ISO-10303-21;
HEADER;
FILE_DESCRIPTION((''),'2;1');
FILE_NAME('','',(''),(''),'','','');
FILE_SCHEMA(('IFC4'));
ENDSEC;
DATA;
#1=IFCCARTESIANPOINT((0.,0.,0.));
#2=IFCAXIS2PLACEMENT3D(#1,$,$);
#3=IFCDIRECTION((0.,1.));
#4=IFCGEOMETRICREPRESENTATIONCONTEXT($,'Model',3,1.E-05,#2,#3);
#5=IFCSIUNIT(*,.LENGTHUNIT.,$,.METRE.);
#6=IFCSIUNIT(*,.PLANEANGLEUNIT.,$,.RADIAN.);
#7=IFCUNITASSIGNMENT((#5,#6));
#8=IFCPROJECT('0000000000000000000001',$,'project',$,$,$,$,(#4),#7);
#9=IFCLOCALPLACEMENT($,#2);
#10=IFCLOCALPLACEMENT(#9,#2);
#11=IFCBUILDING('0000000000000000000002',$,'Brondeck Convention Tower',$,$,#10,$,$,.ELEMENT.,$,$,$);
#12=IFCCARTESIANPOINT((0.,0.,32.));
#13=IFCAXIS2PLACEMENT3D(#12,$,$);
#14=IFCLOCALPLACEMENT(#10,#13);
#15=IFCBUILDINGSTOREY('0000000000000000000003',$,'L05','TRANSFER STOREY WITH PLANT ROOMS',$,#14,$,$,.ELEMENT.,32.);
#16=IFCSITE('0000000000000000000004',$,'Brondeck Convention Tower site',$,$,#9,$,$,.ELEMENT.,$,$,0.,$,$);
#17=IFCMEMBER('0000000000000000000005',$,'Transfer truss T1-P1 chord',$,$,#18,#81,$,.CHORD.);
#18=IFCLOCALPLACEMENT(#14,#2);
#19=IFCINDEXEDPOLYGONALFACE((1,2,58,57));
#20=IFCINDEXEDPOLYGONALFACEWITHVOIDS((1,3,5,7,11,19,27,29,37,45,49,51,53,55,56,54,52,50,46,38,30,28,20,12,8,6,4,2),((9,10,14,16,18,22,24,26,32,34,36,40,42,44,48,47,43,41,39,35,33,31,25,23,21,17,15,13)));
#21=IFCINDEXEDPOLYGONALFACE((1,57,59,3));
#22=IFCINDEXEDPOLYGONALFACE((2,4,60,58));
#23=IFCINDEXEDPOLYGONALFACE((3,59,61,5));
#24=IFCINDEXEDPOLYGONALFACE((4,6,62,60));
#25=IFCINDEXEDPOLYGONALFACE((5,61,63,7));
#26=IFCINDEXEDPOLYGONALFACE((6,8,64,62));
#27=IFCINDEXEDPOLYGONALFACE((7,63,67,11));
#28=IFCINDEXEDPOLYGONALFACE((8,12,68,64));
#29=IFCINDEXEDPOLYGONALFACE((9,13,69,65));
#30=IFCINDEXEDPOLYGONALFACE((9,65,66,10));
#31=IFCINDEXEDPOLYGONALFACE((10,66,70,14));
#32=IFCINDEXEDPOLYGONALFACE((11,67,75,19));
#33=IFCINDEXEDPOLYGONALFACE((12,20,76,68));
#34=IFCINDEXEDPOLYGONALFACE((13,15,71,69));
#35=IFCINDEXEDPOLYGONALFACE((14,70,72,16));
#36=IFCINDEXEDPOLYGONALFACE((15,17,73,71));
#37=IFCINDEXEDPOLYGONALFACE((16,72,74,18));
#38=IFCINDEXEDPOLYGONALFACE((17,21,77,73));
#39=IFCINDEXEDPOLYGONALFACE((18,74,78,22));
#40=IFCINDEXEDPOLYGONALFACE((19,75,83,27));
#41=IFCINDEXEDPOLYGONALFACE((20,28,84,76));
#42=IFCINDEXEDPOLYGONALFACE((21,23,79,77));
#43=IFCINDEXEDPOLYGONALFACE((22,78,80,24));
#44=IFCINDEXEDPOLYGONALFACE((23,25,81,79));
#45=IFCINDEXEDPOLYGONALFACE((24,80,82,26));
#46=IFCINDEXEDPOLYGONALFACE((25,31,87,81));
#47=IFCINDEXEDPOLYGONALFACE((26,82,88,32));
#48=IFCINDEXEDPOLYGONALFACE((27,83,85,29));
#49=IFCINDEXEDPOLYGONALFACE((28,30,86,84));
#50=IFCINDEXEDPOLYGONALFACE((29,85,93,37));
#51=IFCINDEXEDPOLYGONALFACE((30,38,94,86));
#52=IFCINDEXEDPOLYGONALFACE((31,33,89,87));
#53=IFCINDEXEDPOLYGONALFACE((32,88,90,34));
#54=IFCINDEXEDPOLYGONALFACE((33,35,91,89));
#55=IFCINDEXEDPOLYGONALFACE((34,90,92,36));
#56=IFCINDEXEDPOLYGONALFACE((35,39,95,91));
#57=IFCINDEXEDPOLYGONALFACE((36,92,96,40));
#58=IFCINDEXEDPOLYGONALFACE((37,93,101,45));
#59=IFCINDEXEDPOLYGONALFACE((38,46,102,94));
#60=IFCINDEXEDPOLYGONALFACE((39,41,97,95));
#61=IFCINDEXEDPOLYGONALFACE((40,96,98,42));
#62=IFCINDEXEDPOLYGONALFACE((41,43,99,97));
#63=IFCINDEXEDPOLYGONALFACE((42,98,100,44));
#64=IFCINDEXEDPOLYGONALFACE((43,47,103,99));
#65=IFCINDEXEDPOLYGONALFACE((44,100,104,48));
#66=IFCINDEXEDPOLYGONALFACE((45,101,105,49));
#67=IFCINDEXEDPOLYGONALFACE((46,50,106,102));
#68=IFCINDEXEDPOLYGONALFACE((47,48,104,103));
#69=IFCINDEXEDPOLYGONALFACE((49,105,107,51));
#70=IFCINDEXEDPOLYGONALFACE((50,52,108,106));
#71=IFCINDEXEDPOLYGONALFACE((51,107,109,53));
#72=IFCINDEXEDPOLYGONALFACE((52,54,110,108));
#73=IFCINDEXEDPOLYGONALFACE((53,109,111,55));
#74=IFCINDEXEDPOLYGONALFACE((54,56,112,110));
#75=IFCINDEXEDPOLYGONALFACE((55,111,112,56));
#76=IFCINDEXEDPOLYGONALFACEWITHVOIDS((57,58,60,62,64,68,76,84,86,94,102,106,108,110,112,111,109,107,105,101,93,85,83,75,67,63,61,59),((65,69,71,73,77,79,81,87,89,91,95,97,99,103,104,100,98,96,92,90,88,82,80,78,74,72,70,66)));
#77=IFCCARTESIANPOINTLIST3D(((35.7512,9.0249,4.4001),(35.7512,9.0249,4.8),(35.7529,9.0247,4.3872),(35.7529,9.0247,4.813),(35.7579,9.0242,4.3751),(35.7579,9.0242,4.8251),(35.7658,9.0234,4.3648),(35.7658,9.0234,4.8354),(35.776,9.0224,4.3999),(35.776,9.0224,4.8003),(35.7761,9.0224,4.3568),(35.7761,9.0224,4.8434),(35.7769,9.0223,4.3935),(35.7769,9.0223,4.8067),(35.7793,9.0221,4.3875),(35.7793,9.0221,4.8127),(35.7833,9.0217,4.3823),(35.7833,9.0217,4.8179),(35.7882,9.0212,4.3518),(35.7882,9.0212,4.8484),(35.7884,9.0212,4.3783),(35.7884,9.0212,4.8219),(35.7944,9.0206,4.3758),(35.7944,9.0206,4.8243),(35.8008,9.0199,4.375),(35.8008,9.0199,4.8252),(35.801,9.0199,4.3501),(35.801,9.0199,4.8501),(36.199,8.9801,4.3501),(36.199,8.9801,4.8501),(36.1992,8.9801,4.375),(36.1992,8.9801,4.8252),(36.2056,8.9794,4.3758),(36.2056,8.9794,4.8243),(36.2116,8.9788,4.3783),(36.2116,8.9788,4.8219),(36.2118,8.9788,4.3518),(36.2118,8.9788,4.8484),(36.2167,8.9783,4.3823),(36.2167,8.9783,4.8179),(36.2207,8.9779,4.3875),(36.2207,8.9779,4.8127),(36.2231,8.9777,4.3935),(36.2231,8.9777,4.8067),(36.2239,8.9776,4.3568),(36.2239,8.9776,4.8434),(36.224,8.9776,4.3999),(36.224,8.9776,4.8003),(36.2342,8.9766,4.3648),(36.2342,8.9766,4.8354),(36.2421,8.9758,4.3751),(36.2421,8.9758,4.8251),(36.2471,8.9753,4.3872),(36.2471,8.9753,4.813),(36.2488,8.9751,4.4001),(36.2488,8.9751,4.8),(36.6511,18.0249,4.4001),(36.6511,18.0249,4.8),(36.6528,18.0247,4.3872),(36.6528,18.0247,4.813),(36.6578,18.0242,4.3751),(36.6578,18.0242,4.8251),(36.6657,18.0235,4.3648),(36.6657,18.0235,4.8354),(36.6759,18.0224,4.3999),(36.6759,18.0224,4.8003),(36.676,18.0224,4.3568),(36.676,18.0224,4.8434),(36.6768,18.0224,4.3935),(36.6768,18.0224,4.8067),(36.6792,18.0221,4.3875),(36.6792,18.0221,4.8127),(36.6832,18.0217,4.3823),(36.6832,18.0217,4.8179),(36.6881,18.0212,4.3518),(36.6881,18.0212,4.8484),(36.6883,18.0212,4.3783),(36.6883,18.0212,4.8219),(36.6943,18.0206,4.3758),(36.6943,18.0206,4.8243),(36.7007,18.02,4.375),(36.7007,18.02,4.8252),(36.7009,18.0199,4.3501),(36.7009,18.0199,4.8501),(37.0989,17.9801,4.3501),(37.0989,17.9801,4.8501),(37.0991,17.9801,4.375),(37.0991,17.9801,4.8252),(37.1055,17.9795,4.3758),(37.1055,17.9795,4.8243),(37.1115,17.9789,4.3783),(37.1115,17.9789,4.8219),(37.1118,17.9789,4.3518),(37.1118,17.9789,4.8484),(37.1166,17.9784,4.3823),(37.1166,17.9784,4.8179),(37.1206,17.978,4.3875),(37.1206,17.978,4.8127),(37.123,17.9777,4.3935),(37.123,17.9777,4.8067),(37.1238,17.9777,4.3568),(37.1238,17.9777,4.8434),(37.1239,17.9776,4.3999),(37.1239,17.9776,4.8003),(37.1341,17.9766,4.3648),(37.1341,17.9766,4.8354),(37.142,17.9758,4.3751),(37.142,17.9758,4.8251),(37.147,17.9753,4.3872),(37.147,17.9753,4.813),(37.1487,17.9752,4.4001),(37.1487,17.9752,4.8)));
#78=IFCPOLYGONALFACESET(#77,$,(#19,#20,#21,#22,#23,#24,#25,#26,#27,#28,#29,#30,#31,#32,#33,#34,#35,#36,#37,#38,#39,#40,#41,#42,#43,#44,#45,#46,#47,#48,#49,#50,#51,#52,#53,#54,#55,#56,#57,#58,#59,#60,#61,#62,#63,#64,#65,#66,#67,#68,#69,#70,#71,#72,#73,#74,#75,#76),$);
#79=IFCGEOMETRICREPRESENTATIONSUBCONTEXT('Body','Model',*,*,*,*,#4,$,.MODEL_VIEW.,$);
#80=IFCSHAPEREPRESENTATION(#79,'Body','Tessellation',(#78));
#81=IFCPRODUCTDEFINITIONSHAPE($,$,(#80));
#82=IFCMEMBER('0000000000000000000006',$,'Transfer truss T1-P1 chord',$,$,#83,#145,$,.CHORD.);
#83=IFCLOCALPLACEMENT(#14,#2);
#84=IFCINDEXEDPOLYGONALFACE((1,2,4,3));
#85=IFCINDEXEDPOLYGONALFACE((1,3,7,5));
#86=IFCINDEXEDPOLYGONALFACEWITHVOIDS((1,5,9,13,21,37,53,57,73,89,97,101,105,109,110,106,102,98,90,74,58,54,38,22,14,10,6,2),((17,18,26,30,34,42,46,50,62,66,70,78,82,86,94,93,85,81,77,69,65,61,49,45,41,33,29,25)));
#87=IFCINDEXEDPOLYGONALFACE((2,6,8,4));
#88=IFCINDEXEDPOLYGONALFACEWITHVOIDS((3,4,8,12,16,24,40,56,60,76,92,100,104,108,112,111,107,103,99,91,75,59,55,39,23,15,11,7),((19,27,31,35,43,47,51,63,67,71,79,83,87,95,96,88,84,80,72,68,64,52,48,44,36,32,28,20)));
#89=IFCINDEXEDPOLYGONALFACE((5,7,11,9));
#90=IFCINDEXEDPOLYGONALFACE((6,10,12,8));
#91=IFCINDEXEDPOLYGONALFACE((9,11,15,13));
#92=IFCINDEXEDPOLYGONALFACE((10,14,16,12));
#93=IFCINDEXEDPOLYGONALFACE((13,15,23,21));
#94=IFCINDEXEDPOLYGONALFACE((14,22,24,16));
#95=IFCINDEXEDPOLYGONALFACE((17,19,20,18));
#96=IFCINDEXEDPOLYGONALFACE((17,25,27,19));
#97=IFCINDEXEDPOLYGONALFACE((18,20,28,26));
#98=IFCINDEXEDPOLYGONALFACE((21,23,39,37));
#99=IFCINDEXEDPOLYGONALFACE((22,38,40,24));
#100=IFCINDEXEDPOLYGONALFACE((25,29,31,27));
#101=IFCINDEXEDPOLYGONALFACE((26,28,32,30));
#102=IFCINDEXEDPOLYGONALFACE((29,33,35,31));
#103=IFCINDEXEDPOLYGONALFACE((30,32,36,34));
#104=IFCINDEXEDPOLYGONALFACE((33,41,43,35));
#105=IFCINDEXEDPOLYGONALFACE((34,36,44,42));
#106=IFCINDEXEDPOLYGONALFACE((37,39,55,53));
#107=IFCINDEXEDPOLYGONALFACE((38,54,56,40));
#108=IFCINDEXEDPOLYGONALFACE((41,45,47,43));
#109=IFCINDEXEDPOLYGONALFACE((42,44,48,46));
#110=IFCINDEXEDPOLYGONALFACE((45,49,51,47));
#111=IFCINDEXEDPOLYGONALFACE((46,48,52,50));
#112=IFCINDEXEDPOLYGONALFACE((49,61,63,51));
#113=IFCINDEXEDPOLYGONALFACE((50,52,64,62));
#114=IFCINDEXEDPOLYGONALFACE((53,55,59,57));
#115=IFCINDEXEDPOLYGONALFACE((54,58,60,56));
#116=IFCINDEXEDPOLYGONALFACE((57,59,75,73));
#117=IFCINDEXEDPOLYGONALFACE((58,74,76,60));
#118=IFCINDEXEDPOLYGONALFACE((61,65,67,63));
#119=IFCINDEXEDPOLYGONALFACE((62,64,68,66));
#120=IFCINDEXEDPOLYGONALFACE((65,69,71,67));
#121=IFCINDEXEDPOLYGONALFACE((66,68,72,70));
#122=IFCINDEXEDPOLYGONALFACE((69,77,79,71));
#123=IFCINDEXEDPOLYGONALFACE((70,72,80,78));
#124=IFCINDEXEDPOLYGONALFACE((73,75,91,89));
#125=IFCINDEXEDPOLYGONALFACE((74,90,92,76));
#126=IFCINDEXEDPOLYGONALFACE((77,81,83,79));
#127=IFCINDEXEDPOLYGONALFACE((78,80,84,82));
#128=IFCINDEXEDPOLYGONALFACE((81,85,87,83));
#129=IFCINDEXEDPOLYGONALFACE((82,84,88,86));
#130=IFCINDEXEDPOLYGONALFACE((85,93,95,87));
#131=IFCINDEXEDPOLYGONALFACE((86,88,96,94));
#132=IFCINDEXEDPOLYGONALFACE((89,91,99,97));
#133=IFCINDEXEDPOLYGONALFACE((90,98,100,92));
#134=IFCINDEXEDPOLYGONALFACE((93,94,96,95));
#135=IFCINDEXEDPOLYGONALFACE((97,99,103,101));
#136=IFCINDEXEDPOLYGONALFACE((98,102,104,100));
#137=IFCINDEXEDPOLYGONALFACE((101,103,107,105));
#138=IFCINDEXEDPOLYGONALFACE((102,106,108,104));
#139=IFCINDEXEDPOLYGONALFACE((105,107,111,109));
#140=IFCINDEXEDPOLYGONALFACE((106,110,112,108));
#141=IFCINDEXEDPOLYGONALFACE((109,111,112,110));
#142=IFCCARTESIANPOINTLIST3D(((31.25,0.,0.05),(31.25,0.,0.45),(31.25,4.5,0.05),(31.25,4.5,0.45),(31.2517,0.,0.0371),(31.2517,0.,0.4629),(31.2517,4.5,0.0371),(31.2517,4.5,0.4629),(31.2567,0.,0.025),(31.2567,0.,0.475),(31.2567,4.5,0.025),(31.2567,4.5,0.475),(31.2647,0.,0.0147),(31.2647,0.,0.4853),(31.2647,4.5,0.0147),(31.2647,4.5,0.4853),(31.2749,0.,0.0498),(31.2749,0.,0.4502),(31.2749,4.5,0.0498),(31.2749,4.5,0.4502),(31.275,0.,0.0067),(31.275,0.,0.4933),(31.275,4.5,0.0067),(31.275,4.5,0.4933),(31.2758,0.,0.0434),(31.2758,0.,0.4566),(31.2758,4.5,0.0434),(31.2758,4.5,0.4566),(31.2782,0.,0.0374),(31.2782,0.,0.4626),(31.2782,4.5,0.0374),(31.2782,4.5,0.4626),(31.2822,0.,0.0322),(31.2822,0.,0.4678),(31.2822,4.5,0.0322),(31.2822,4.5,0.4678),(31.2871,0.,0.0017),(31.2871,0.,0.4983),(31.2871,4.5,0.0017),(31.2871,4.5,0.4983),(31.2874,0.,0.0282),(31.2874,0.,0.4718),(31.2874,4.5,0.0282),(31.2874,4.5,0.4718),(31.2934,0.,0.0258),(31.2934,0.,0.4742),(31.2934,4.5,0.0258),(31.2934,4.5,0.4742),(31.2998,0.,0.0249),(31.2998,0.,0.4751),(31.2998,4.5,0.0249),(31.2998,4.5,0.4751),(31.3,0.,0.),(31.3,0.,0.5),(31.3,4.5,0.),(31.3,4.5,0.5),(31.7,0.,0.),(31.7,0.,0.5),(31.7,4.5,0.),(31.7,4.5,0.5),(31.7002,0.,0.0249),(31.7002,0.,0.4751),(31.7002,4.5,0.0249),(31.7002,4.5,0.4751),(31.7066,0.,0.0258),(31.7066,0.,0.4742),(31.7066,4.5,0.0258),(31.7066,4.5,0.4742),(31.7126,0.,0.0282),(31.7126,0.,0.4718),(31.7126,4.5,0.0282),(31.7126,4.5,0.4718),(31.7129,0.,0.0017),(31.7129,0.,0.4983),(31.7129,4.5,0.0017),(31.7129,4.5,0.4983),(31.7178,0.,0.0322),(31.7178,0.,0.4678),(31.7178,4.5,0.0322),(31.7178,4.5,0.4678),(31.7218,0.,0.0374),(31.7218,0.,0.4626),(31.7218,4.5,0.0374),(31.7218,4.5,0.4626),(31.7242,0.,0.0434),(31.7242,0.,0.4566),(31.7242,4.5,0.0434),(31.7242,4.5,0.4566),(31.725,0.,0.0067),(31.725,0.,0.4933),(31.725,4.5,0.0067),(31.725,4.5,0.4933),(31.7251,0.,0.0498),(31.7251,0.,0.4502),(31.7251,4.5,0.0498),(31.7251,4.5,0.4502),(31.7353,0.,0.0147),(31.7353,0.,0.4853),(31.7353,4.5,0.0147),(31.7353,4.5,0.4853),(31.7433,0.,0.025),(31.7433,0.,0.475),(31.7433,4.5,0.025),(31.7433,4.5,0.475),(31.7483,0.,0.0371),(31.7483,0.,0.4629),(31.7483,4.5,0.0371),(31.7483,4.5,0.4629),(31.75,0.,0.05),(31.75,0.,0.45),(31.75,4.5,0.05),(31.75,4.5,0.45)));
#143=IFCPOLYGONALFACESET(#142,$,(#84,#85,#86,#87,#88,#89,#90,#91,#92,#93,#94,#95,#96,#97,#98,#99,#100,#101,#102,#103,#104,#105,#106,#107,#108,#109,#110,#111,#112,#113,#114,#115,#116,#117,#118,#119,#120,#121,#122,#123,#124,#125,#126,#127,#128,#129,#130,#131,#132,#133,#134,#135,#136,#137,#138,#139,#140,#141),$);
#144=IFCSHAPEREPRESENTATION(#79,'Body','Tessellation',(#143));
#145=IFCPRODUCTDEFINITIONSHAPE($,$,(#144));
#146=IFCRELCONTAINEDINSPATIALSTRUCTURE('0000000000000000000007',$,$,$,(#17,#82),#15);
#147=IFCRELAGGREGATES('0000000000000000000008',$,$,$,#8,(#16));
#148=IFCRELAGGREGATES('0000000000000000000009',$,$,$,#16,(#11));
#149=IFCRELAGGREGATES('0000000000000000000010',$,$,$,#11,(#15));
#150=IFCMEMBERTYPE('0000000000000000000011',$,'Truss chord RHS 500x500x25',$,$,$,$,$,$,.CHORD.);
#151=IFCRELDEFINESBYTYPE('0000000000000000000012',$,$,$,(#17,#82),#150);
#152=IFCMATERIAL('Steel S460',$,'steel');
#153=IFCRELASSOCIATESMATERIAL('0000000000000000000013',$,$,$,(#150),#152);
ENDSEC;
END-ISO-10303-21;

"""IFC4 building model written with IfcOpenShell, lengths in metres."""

from ifc_helpers import new_model, si_unit, direction, frame, origin, origin_2d, place, context, subcontext, project, spatial, hollow_rectangle, extrude, material, material_profile, profile_set, type_object, element, save


model = new_model("IFC4")

# Units and contexts
model_context = context("Model", 3, precision=1e-05, world=origin(), true_north=direction((0.0, 1.0)))
body_context = subcontext(model_context, "Body", "Model", "MODEL_VIEW")
ifc_project = project(units=[si_unit("LENGTHUNIT", "METRE"), si_unit("PLANEANGLEUNIT", "RADIAN")], contexts=[model_context])

# Site, building, storey
site_placement = place(None, origin())
site = spatial("IfcSite", under=ifc_project, at=site_placement, Name="Brondeck Convention Tower site", CompositionType="ELEMENT", RefElevation=0.0)
building_placement = place(site_placement, origin())
building = spatial("IfcBuilding", under=site, at=building_placement, Name="Brondeck Convention Tower", CompositionType="ELEMENT")
storey_placement = place(building_placement, frame((0.0, 0.0, 32.0)))
storey = spatial("IfcBuildingStorey", under=building, at=storey_placement, Name="L05", Description="TRANSFER STOREY WITH PLANT ROOMS", CompositionType="ELEMENT", Elevation=32.0)

# Shared definitions
ifc_material_1 = material(Name="Steel S460", Category="steel")

# Members
ifc_material_profile_1 = material_profile(ifc_material_1, hollow_rectangle(XDim=0.5, YDim=0.5, WallThickness=0.0249, InnerFilletRadius=0.0249, OuterFilletRadius=0.05, at=origin_2d()), Name="RHS 500x500x25")
ifc_profile_set_1 = profile_set([ifc_material_profile_1], Name="Steel S460")
member_type_1 = type_object("IfcMemberType", Name="Truss chord RHS 500x500x25", PredefinedType="CHORD", material=ifc_profile_set_1)
member_1_placement = place(storey_placement, frame((36.0, 9.0, 4.6001), z_axis=(0.099493, 0.995038, 0.0), x_axis=(-0.995038, 0.099493, 0.0)))
element("IfcMember", 1, at=member_1_placement, inside=storey, type_object=member_type_1, Name="Transfer truss T1-P1 chord", PredefinedType="CHORD", context=body_context, shape_type="SweptSolid", body=[
    extrude(hollow_rectangle(XDim=0.5, YDim=0.5, WallThickness=0.0249, InnerFilletRadius=0.0249, OuterFilletRadius=0.05, at=origin_2d()), origin(), (0.0, 0.0, 1.0), 9.0449),
])
member_2_placement = place(storey_placement, frame((31.5, 0.0, 0.25), z_axis=(0.0, 1.0, 0.0), x_axis=(-1.0, 0.0, 0.0)))
element("IfcMember", 2, at=member_2_placement, inside=storey, type_object=member_type_1, Name="Transfer truss T1-P1 chord", PredefinedType="CHORD", context=body_context, shape_type="SweptSolid", body=[
    extrude(hollow_rectangle(XDim=0.5, YDim=0.5, WallThickness=0.0249, InnerFilletRadius=0.0249, OuterFilletRadius=0.05, at=origin_2d()), origin(), (0.0, 0.0, 1.0), 4.5),
])

save(model, "model.ifc")
